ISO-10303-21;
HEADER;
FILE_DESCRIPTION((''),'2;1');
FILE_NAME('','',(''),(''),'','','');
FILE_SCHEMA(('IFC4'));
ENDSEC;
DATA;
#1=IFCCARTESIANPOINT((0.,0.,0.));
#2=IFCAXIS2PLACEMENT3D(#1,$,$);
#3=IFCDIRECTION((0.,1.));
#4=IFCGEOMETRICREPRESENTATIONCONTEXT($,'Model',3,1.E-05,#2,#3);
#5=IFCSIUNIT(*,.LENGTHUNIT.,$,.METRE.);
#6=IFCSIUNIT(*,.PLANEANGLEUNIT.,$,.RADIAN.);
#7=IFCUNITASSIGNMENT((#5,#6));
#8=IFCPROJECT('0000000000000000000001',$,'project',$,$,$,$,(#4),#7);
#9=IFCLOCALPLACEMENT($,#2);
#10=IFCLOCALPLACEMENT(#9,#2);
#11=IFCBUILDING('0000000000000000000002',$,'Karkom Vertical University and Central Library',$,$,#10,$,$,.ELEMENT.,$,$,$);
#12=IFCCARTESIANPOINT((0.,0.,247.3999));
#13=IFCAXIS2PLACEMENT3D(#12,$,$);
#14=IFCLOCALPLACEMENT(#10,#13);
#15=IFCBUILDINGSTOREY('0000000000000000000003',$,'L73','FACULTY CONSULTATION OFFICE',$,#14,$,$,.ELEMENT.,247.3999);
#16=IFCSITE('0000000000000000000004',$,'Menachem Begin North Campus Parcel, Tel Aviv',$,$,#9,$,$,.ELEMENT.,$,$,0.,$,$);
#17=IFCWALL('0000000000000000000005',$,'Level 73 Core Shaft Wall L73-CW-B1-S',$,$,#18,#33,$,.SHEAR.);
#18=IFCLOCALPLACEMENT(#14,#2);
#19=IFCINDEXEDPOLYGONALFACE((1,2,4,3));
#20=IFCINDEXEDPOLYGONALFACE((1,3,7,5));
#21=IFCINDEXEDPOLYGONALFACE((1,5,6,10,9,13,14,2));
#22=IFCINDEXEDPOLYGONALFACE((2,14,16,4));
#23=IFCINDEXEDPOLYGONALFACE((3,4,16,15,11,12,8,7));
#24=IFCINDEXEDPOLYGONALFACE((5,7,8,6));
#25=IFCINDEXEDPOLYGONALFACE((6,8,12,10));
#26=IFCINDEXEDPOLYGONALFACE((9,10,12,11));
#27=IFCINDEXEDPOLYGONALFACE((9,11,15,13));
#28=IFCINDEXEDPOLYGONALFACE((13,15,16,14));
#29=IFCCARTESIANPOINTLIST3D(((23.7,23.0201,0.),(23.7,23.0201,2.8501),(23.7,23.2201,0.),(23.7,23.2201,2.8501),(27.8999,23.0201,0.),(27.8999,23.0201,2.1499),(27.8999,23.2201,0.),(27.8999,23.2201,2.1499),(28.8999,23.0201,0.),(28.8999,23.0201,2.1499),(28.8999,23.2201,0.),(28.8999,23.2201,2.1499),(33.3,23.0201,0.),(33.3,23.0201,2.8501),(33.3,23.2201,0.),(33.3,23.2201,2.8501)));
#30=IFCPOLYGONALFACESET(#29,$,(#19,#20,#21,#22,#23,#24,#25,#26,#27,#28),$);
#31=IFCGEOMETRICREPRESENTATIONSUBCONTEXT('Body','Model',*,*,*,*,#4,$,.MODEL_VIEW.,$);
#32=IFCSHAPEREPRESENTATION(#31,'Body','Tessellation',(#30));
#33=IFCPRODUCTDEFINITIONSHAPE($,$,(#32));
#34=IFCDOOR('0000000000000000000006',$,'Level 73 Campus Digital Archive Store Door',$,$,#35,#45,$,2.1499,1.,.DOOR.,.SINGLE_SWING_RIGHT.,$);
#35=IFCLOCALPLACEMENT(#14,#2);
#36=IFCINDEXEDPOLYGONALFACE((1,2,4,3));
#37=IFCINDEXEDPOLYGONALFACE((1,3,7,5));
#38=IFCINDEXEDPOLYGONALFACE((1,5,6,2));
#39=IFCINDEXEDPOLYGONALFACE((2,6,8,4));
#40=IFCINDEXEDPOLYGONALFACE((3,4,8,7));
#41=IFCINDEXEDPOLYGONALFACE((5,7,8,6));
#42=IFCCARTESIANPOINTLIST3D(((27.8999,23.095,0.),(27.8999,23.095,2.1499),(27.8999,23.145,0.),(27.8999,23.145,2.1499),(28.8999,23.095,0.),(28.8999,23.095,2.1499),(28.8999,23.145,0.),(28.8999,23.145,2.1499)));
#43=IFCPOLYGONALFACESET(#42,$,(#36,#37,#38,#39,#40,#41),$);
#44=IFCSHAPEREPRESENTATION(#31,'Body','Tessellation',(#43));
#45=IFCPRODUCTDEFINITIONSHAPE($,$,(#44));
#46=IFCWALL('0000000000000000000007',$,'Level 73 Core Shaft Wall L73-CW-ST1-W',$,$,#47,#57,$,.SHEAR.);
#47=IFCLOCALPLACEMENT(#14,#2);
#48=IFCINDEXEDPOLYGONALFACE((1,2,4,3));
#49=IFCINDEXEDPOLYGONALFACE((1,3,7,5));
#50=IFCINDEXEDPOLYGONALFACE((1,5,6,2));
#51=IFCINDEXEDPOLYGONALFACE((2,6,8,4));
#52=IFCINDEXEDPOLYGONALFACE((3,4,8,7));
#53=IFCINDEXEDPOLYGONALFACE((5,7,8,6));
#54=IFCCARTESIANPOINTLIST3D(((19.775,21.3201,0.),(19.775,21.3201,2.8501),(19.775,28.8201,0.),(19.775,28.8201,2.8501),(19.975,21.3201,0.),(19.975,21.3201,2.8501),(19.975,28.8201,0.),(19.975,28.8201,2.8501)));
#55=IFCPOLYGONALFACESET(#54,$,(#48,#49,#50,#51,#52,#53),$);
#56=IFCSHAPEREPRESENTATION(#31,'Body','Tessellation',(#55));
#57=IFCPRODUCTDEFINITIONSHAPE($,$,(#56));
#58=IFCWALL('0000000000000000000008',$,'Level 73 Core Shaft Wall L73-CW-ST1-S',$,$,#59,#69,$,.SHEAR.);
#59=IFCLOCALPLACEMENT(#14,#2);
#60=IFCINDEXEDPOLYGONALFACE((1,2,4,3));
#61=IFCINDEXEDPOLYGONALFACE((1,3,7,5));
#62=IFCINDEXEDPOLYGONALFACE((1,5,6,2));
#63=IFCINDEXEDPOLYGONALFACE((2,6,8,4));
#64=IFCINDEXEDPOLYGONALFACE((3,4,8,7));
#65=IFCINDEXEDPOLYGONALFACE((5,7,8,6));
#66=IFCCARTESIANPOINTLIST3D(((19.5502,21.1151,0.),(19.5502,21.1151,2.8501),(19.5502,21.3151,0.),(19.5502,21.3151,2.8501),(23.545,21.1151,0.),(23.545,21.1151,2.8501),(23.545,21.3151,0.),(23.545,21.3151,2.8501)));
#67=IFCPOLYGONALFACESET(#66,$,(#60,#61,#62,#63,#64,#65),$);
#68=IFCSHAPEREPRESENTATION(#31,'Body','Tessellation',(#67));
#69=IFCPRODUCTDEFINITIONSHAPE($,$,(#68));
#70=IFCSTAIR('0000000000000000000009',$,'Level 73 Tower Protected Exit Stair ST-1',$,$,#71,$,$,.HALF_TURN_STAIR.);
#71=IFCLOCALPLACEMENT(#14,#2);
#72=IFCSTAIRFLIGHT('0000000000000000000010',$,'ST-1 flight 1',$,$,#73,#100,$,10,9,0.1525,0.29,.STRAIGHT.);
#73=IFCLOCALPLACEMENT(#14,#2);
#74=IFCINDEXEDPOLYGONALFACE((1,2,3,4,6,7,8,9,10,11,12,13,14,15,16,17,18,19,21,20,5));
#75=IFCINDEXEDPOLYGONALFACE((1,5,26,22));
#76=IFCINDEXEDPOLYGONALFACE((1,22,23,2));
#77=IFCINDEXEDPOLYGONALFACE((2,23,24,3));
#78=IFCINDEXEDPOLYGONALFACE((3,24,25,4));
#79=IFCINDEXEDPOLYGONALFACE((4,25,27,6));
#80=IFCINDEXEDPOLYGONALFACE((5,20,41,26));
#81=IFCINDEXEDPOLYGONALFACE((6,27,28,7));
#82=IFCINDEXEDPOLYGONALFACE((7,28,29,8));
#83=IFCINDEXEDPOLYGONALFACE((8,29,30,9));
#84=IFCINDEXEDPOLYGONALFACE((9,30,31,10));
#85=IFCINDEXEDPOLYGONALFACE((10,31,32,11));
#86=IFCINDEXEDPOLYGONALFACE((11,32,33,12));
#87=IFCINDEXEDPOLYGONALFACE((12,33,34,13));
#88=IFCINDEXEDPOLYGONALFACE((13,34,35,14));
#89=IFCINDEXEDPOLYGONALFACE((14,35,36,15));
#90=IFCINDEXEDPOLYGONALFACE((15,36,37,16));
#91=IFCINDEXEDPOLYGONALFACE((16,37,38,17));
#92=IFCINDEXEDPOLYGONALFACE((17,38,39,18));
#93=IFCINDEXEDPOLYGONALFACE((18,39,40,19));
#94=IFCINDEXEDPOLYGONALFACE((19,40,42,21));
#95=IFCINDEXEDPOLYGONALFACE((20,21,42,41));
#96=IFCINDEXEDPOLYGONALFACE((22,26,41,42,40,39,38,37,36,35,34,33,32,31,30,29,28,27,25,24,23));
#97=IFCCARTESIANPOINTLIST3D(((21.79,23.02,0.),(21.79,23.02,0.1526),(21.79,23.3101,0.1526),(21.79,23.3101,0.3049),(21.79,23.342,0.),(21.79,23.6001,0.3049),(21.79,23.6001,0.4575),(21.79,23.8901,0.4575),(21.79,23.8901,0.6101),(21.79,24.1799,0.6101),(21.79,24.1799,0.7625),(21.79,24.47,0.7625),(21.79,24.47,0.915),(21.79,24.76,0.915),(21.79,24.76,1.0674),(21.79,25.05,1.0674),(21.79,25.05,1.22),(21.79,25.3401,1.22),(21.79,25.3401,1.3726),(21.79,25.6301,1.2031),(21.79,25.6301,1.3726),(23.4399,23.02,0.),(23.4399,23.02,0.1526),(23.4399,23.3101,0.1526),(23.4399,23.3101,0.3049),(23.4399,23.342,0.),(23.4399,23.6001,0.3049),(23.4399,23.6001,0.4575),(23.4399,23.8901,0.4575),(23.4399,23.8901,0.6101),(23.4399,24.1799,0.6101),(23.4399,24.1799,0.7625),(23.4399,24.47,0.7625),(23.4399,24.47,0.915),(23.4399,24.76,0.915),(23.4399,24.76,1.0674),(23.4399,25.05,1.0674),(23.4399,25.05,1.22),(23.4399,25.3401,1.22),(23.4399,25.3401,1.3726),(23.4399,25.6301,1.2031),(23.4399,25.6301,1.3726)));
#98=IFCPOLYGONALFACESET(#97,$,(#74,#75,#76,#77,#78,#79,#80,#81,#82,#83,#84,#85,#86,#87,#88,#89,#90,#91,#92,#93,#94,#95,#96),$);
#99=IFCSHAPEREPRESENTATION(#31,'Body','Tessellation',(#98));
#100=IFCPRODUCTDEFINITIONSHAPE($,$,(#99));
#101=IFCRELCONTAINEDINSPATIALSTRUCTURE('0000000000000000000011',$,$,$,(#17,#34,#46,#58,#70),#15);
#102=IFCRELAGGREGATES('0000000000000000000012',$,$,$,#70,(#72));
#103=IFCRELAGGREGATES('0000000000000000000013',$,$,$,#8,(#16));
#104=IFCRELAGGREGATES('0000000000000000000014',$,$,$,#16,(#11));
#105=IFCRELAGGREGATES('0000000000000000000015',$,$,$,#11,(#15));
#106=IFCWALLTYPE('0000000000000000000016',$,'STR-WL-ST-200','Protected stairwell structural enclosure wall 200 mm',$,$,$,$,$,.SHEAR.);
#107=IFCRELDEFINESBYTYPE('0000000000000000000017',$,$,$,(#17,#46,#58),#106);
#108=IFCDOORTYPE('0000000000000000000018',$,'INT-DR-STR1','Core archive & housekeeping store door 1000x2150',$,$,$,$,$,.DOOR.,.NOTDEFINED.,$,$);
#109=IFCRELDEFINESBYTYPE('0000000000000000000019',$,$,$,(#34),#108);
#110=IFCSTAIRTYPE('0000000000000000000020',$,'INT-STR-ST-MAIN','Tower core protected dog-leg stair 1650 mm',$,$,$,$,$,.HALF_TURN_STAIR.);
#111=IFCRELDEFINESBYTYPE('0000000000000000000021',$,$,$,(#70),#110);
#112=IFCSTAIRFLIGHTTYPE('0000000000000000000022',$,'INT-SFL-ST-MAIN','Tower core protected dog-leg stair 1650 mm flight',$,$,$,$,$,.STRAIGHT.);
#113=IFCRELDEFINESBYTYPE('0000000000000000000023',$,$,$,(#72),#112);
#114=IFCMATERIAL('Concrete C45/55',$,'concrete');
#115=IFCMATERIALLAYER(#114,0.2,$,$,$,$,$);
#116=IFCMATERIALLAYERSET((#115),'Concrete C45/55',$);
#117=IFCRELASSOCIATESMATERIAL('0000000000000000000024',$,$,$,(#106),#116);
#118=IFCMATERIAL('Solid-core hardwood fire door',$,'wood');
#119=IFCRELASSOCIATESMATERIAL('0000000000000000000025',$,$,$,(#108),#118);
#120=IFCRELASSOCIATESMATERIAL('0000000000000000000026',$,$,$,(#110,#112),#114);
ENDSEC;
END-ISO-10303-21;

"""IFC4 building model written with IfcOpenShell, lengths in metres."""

from ifc_helpers import new_model, si_unit, direction, frame, frame_2d, origin, origin_with_axes, place, context, subcontext, project, spatial, polyline, rectangle, outline, extrude, source, transform, mapped, material, layer, layer_set, type_object, element, fill, aggregate, save


model = new_model("IFC4")

# Units and contexts
model_context = context("Model", 3, precision=1e-05, world=origin(), true_north=direction((0.0, 1.0)))
body_context = subcontext(model_context, "Body", "Model", "MODEL_VIEW")
ifc_project = project(units=[si_unit("LENGTHUNIT", "METRE"), si_unit("PLANEANGLEUNIT", "RADIAN")], contexts=[model_context])

# Site, building, storey
site_placement = place(None, origin())
site = spatial("IfcSite", under=ifc_project, at=site_placement, Name="Menachem Begin North Campus Parcel, Tel Aviv", CompositionType="ELEMENT", RefElevation=0.0)
building_placement = place(site_placement, origin())
building = spatial("IfcBuilding", under=site, at=building_placement, Name="Karkom Vertical University and Central Library", CompositionType="ELEMENT")
storey_placement = place(building_placement, frame((0.0, 0.0, 247.3999)))
storey = spatial("IfcBuildingStorey", under=building, at=storey_placement, Name="L73", Description="FACULTY CONSULTATION OFFICE", CompositionType="ELEMENT", Elevation=247.3999)

# Shared definitions
ifc_material_1 = material(Name="Concrete C45/55", Category="concrete")

# Shared definitions
ifc_layer_1 = layer(ifc_material_1, 0.2)
ifc_layer_set_1 = layer_set([ifc_layer_1], Name="Concrete C45/55")
wall_type_1 = type_object("IfcWallType", Name="STR-WL-ST-200", Description="Protected stairwell structural enclosure wall 200 mm", PredefinedType="SHEAR", material=ifc_layer_set_1)

# Wall, opening, door
wall_1_placement = place(storey_placement, frame((23.7, 23.1201, 0.0), z_axis=(0.0, 0.0, 1.0), x_axis=(1.0, 0.0, 0.0)))
wall_1 = element("IfcWall", 1, at=wall_1_placement, inside=storey, type_object=wall_type_1, Name="Level 73 Core Shaft Wall L73-CW-B1-S", PredefinedType="SHEAR", context=body_context, shape_type="SweptSolid", body=[
    extrude(rectangle(XDim=9.6001, YDim=0.2, at=frame_2d((4.8, 0.0))), origin(), (0.0, 0.0, 1.0), 2.8501),
])
opening_1_placement = place(wall_1_placement, frame((4.2, 0.0, 0.0)))
opening_1 = element("IfcOpeningElement", 2, at=opening_1_placement, cuts=wall_1, PredefinedType="OPENING", context=body_context, shape_type="SweptSolid", body=[
    extrude(rectangle(XDim=1.0, YDim=2.1499, at=frame_2d((0.5, 1.075))), frame((0.0, 0.1099, 0.0), z_axis=(0.0, -1.0, 0.0), x_axis=(1.0, 0.0, 0.0)), (0.0, 0.0, 1.0), 0.22),
])
ifc_material_2 = material(Name="Solid-core hardwood fire door", Category="wood")
door_type_1 = type_object("IfcDoorType", Name="INT-DR-STR1", Description="Core archive & housekeeping store door 1000x2150", OperationType="NOTDEFINED", PredefinedType="DOOR", material=ifc_material_2)
shared_shape_1 = source(origin_with_axes(), body_context, "Body", "SweptSolid", [
    extrude(rectangle(XDim=1.0, YDim=2.1499, at=frame_2d((0.5, 1.075))), frame((0.0, 0.0249, 0.0), z_axis=(0.0, -1.0, 0.0), x_axis=(1.0, 0.0, 0.0)), (0.0, 0.0, 1.0), 0.05),
])
door_1_placement = place(opening_1_placement, origin())
door_1 = element("IfcDoor", 3, at=door_1_placement, inside=storey, type_object=door_type_1, Name="Level 73 Campus Digital Archive Store Door", OperationType="SINGLE_SWING_RIGHT", OverallHeight=2.1499, OverallWidth=1.0, PredefinedType="DOOR", context=body_context, shape_type="MappedRepresentation", body=[
    mapped(shared_shape_1, transform((0.0, 0.0, 0.0), scale=1.0)),
])
fill(opening_1, door_1)

# Walls
wall_2_placement = place(storey_placement, frame((19.875, 21.3201, 0.0), z_axis=(0.0, 0.0, 1.0), x_axis=(0.0, 1.0, 0.0)))
element("IfcWall", 4, at=wall_2_placement, inside=storey, type_object=wall_type_1, Name="Level 73 Core Shaft Wall L73-CW-ST1-W", PredefinedType="SHEAR", context=body_context, shape_type="SweptSolid", body=[
    extrude(rectangle(XDim=7.5, YDim=0.2, at=frame_2d((3.75, 0.0))), origin(), (0.0, 0.0, 1.0), 2.8501),
])
wall_3_placement = place(storey_placement, frame((19.55, 21.2151, 0.0), z_axis=(0.0, 0.0, 1.0), x_axis=(1.0, 0.0, 0.0)))
element("IfcWall", 5, at=wall_3_placement, inside=storey, type_object=wall_type_1, Name="Level 73 Core Shaft Wall L73-CW-ST1-S", PredefinedType="SHEAR", context=body_context, shape_type="SweptSolid", body=[
    extrude(rectangle(XDim=3.9949, YDim=0.2, at=frame_2d((1.9976, 0.0))), origin(), (0.0, 0.0, 1.0), 2.8501),
])

# Stair, stair flight
stair_type = type_object("IfcStairType", Name="INT-STR-ST-MAIN", Description="Tower core protected dog-leg stair 1650 mm", PredefinedType="HALF_TURN_STAIR", material=ifc_material_1)
stair_placement = place(storey_placement, origin())
stair = element("IfcStair", 6, at=stair_placement, inside=storey, type_object=stair_type, Name="Level 73 Tower Protected Exit Stair ST-1", PredefinedType="HALF_TURN_STAIR")
stair_flight_type = type_object("IfcStairFlightType", Name="INT-SFL-ST-MAIN", Description="Tower core protected dog-leg stair 1650 mm flight", PredefinedType="STRAIGHT", material=ifc_material_1)
stair_flight_placement = place(storey_placement, frame((22.615, 23.02, 0.0), z_axis=(0.0, 0.0, 1.0), x_axis=(0.0, 1.0, 0.0)))
stair_flight = element("IfcStairFlight", 7, at=stair_flight_placement, type_object=stair_flight_type, Name="ST-1 flight 1", NumberOfRisers=10, NumberOfTreads=9, PredefinedType="STRAIGHT", RiserHeight=0.1525, TreadLength=0.29, context=body_context, shape_type="SweptSolid", body=[
    extrude(outline(polyline([(0.0, 0.0), (0.0, 0.1526), (0.29, 0.1526), (0.29, 0.3049), (0.5801, 0.3049), (0.5801, 0.4575), (0.8701, 0.4575), (0.8701, 0.6101), (1.1599, 0.6101), (1.1599, 0.7625), (1.45, 0.7625), (1.45, 0.915), (1.74, 0.915), (1.74, 1.0674), (2.03, 1.0674), (2.03, 1.22), (2.3201, 1.22), (2.3201, 1.3726), (2.6101, 1.3726), (2.6101, 1.5249), (2.6101, 1.2031), (0.322, 0.0), (0.0, 0.0)])), frame((0.0, 0.825, 0.0), z_axis=(0.0, -1.0, 0.0), x_axis=(1.0, 0.0, 0.0)), (0.0, 0.0, 1.0), 1.6499),
])
aggregate(stair, [stair_flight])

save(model, "model.ifc")
